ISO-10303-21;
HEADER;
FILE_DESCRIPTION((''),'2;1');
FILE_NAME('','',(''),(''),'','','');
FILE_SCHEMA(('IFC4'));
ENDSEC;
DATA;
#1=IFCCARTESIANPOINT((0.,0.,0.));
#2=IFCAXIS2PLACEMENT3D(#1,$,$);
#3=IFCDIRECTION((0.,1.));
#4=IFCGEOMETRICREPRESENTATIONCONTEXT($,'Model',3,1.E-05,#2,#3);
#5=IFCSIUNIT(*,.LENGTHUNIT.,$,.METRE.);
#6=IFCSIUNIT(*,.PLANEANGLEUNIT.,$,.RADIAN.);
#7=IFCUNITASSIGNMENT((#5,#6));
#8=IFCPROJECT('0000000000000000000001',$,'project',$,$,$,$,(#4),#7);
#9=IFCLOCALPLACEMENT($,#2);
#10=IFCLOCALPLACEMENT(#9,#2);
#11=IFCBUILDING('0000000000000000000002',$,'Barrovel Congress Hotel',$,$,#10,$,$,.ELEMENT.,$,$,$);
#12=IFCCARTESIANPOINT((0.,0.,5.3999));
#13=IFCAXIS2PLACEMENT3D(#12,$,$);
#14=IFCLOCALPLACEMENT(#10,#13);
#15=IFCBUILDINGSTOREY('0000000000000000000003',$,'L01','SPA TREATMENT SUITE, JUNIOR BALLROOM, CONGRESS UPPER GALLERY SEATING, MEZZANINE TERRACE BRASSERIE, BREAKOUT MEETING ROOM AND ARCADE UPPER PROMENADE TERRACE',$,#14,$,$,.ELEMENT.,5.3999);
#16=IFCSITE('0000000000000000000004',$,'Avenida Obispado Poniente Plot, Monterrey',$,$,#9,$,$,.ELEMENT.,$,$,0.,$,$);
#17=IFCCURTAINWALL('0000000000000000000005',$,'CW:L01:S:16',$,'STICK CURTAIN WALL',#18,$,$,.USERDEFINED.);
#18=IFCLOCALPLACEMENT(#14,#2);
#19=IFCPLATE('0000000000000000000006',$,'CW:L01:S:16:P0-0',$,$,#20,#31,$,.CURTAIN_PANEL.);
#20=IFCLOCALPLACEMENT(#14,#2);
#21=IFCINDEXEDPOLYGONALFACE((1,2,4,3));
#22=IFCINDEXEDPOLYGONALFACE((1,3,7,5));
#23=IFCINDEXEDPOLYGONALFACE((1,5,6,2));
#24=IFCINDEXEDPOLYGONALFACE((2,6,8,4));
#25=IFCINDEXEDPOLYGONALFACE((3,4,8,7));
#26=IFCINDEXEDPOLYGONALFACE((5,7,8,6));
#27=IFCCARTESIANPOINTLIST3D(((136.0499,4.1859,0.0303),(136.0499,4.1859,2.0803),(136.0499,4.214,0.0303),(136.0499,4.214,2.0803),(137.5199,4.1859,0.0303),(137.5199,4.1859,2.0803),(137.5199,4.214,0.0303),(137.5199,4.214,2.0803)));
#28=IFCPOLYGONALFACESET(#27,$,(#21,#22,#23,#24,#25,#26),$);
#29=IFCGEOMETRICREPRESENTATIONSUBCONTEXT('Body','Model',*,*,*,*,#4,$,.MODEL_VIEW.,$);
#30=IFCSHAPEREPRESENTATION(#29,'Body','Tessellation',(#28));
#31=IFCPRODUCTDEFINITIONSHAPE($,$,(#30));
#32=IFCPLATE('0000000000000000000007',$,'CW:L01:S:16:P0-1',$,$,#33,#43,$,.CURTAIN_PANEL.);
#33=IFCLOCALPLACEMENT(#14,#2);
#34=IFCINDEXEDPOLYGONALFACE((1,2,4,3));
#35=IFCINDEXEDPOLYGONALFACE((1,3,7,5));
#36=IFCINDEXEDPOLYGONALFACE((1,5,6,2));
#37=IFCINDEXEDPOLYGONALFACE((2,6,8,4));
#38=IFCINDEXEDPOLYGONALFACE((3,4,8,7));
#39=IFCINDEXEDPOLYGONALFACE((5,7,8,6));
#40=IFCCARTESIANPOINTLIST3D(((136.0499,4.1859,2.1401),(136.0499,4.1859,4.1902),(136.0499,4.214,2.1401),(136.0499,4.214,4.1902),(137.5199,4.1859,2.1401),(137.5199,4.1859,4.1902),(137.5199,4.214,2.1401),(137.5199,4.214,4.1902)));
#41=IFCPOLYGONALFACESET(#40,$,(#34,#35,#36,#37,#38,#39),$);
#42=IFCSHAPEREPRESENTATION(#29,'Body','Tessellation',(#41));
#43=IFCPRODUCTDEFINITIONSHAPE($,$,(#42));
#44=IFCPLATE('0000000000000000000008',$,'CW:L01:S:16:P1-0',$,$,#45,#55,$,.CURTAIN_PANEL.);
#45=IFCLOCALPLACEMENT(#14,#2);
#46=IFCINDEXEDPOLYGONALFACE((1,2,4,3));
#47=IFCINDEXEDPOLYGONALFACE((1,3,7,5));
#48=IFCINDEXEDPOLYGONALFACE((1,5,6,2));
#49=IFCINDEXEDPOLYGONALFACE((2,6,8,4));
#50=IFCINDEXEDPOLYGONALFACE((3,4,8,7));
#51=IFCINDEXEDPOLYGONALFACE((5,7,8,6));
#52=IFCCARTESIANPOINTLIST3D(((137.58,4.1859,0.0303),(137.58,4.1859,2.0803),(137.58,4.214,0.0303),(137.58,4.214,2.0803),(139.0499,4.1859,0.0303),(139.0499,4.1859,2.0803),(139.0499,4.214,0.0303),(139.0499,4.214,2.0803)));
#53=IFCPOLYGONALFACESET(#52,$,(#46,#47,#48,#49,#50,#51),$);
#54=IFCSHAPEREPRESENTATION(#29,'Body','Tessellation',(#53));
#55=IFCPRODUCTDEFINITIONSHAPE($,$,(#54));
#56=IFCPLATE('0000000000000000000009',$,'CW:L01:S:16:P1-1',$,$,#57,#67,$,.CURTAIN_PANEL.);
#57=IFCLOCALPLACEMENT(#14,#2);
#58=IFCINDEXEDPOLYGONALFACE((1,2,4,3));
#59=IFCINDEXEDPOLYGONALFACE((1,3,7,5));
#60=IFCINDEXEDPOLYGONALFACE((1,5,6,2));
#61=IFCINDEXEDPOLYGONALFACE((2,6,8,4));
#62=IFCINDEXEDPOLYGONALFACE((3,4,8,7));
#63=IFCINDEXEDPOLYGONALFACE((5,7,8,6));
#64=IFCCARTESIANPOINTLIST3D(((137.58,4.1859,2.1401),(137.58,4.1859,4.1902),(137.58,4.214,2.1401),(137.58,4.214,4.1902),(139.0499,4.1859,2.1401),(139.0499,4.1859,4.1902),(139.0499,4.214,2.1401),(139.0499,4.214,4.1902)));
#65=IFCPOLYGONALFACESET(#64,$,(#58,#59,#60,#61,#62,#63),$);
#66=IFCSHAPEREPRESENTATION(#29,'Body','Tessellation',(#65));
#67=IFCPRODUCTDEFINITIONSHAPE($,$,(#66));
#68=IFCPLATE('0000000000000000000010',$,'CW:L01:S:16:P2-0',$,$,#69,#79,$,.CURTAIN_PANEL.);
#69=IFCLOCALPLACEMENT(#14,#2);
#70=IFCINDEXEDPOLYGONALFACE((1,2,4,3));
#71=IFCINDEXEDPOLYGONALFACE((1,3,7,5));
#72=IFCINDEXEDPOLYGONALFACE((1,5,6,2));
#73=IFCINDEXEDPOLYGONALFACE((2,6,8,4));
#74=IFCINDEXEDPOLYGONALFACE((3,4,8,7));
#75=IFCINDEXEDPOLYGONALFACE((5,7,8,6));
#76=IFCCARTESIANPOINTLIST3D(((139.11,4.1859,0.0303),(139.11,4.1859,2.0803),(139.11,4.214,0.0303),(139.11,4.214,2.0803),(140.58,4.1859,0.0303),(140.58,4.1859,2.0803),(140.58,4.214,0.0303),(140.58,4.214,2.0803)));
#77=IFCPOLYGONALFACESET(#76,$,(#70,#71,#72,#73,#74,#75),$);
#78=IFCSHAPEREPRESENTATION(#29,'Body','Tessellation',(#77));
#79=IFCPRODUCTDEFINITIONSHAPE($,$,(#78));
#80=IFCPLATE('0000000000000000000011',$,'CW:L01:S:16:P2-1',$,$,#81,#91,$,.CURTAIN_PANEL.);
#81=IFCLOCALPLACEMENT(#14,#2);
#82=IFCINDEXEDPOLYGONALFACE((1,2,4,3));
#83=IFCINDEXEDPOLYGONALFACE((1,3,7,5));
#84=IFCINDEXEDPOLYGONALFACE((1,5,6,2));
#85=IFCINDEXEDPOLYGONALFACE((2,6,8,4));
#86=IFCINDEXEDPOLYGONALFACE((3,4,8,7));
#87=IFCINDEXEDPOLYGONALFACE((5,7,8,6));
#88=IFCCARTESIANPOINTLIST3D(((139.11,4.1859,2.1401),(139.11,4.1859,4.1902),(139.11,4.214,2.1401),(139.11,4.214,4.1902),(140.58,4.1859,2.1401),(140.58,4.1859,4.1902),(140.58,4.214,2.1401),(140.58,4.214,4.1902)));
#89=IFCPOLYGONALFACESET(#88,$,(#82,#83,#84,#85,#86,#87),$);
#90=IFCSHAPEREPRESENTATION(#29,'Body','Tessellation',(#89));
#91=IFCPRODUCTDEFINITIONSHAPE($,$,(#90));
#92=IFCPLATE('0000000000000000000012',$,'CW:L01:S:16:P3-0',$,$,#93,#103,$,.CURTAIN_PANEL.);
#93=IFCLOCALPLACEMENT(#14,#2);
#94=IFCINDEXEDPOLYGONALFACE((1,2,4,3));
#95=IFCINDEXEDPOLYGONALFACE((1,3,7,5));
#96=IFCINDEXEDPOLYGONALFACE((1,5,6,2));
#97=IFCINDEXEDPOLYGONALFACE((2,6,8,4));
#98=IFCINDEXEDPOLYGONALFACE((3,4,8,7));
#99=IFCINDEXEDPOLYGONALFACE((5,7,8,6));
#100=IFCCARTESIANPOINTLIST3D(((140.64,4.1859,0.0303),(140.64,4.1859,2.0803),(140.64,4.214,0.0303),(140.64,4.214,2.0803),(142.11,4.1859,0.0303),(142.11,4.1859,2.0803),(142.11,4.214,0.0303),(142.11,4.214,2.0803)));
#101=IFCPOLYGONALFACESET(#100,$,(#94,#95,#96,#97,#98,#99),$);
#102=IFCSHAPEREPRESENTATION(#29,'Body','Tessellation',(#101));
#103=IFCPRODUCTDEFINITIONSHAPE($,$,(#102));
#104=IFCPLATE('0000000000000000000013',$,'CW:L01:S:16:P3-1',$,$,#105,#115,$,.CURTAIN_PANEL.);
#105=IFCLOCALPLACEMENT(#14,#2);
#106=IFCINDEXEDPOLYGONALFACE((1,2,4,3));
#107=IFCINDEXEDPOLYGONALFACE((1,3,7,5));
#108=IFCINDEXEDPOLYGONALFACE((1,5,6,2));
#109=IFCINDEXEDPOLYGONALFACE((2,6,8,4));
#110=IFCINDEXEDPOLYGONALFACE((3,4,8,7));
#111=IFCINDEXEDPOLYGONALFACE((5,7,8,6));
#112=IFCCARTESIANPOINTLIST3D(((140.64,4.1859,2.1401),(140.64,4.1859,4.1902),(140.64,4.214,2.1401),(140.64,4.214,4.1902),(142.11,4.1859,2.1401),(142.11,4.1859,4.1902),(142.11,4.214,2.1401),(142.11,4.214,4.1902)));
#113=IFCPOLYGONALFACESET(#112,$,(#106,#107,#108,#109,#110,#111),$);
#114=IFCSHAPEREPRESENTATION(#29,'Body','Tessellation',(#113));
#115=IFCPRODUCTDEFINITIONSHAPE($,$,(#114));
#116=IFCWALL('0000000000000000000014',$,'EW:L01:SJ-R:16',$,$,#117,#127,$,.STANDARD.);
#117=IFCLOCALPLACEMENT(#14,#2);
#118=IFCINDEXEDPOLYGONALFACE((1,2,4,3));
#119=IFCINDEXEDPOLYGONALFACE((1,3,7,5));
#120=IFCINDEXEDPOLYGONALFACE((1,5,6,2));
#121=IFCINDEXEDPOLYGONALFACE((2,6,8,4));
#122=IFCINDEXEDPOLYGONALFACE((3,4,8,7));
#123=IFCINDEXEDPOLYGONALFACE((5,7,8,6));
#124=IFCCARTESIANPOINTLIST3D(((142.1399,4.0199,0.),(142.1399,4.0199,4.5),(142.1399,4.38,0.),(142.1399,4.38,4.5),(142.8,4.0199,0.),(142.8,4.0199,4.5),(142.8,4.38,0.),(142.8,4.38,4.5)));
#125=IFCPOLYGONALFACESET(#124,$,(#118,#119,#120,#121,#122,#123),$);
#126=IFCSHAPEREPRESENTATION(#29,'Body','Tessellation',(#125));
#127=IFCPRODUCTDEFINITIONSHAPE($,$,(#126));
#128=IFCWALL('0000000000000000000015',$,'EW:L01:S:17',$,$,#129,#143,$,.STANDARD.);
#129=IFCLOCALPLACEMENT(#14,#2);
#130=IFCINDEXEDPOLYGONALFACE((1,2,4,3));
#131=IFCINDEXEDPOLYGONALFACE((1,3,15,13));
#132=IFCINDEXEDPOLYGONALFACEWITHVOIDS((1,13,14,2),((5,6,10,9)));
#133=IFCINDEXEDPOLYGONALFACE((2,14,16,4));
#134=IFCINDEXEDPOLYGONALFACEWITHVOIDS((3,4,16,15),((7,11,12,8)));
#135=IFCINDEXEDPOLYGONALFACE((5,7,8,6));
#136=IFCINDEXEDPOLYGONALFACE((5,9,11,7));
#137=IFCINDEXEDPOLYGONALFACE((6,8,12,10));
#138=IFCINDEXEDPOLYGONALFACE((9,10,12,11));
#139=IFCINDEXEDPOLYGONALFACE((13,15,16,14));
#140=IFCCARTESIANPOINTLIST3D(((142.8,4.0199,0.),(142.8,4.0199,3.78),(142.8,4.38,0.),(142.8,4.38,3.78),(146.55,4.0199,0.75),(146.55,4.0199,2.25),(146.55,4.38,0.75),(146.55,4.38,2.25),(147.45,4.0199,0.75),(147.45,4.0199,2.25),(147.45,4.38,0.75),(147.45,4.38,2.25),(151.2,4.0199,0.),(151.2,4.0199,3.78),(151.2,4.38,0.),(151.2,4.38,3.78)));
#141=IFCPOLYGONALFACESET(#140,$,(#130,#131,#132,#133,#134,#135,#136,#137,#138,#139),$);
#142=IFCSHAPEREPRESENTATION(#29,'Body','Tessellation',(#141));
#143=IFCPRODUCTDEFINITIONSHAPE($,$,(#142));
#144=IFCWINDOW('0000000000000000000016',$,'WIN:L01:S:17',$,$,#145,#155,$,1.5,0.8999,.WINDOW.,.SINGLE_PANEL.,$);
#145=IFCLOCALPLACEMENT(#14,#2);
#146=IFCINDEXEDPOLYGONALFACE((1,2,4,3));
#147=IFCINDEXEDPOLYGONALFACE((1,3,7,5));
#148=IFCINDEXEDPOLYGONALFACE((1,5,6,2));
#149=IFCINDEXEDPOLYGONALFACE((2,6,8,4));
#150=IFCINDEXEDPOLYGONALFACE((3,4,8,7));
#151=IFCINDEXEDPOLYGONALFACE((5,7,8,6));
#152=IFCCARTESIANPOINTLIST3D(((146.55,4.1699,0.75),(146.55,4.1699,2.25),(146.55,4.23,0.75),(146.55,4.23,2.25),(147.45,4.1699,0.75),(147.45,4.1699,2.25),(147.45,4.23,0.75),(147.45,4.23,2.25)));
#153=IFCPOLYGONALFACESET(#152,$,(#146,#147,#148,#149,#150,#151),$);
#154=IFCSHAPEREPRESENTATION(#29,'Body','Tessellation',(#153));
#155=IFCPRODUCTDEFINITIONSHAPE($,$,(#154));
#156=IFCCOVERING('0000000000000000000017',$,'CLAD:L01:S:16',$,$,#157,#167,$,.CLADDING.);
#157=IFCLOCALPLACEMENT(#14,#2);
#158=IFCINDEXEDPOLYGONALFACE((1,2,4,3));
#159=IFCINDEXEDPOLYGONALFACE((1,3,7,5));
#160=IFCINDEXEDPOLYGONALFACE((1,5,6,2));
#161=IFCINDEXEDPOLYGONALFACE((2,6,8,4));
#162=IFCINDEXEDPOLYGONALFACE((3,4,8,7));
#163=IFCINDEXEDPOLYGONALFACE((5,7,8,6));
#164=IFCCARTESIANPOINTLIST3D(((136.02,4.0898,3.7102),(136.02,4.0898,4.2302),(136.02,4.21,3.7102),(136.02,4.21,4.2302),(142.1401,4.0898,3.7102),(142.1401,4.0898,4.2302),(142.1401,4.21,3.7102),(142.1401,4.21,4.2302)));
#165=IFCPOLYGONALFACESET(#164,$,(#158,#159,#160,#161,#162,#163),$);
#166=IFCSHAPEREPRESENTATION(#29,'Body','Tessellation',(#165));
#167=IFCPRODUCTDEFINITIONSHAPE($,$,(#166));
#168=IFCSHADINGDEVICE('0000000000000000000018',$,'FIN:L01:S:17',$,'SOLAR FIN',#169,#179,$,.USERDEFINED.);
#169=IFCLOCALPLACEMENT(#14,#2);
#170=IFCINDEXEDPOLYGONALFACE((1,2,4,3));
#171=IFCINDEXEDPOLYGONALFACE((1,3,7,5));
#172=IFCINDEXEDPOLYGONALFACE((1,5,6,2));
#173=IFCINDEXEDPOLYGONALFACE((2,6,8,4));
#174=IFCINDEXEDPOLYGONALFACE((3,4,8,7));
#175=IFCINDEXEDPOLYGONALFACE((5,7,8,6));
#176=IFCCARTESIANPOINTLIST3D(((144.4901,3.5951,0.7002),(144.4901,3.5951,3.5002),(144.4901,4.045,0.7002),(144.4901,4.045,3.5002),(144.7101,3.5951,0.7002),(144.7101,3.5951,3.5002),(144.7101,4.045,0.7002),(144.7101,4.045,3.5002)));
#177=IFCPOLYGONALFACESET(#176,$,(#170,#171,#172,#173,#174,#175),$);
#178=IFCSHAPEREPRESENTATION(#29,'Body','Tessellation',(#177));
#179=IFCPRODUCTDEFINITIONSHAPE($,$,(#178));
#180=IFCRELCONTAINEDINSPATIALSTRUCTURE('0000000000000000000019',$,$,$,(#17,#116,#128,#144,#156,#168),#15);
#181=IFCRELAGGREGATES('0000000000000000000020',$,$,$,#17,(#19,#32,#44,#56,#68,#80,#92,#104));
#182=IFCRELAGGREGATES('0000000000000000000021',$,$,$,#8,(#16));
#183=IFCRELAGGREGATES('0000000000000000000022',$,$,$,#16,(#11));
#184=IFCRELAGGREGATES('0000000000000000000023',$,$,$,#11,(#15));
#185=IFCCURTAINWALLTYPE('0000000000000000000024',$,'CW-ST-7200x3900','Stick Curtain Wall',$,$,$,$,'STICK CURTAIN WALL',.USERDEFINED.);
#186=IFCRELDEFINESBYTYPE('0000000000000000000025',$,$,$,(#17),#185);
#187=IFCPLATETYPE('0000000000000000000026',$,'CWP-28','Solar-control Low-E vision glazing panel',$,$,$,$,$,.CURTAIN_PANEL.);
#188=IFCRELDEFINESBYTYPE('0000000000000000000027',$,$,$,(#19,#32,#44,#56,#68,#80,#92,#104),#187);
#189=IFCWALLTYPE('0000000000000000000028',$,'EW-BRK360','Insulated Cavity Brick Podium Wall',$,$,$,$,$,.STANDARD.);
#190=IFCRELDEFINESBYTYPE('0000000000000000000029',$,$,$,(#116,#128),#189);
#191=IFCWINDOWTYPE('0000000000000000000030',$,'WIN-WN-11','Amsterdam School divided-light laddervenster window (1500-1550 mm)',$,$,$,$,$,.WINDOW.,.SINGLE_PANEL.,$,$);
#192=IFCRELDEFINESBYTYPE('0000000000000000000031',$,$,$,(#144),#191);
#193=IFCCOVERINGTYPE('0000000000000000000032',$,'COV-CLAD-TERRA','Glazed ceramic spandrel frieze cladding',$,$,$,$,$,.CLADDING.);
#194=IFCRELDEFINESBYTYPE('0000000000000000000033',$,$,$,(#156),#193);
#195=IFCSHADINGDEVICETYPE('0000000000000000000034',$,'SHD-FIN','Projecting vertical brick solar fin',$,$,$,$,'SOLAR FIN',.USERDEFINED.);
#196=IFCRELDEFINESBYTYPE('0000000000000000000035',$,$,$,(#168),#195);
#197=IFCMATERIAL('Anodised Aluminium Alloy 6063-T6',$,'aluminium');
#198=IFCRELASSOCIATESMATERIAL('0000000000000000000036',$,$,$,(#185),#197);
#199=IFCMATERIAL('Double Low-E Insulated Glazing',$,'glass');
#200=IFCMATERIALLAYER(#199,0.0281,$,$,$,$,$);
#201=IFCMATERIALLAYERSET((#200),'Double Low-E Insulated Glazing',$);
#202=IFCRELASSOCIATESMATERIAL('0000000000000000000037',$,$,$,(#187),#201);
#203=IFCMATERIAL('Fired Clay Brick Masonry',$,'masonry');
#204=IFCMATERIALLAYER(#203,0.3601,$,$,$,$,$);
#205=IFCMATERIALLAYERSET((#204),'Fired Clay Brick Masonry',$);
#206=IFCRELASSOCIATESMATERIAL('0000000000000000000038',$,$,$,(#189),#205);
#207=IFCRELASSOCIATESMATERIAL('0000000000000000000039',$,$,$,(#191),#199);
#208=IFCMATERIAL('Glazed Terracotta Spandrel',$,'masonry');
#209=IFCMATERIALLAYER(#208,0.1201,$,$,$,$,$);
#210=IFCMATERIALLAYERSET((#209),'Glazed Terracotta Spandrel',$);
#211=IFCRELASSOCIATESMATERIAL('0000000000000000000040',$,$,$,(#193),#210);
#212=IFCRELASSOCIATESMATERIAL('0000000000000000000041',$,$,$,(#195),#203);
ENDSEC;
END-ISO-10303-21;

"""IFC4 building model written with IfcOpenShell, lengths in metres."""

from ifc_helpers import new_model, si_unit, direction, frame, frame_2d, origin, origin_2d, place, context, subcontext, project, spatial, rectangle, extrude, material, layer, layer_set, type_object, element, fill, aggregate, save


model = new_model("IFC4")

# Units and contexts
model_context = context("Model", 3, precision=1e-05, world=origin(), true_north=direction((0.0, 1.0)))
body_context = subcontext(model_context, "Body", "Model", "MODEL_VIEW")
ifc_project = project(units=[si_unit("LENGTHUNIT", "METRE"), si_unit("PLANEANGLEUNIT", "RADIAN")], contexts=[model_context])

# Site, building, storey
site_placement = place(None, origin())
site = spatial("IfcSite", under=ifc_project, at=site_placement, Name="Avenida Obispado Poniente Plot, Monterrey", CompositionType="ELEMENT", RefElevation=0.0)
building_placement = place(site_placement, origin())
building = spatial("IfcBuilding", under=site, at=building_placement, Name="Barrovel Congress Hotel", CompositionType="ELEMENT")
storey_placement = place(building_placement, frame((0.0, 0.0, 5.3999)))
storey = spatial("IfcBuildingStorey", under=building, at=storey_placement, Name="L01", Description="SPA TREATMENT SUITE, JUNIOR BALLROOM, CONGRESS UPPER GALLERY SEATING, MEZZANINE TERRACE BRASSERIE, BREAKOUT MEETING ROOM AND ARCADE UPPER PROMENADE TERRACE", CompositionType="ELEMENT", Elevation=5.3999)

# Curtain wall
ifc_material_1 = material(Name="Anodised Aluminium Alloy 6063-T6", Category="aluminium")
curtain_wall_type = type_object("IfcCurtainWallType", Name="CW-ST-7200x3900", Description="Stick Curtain Wall", ElementType="STICK CURTAIN WALL", PredefinedType="USERDEFINED", material=ifc_material_1)
curtain_wall_placement = place(storey_placement, origin())
curtain_wall = element("IfcCurtainWall", 1, at=curtain_wall_placement, inside=storey, type_object=curtain_wall_type, Name="CW:L01:S:16", ObjectType="STICK CURTAIN WALL", PredefinedType="USERDEFINED")

# Plates
ifc_material_2 = material(Name="Double Low-E Insulated Glazing", Category="glass")
ifc_layer_1 = layer(ifc_material_2, 0.0281)
ifc_layer_set_1 = layer_set([ifc_layer_1], Name="Double Low-E Insulated Glazing")
plate_type = type_object("IfcPlateType", Name="CWP-28", Description="Solar-control Low-E vision glazing panel", PredefinedType="CURTAIN_PANEL", material=ifc_layer_set_1)
plate_1_placement = place(storey_placement, frame((136.7849, 4.2, 0.0303), z_axis=(0.0, 0.0, 1.0), x_axis=(1.0, 0.0, 0.0)))
plate_1 = element("IfcPlate", 2, at=plate_1_placement, type_object=plate_type, Name="CW:L01:S:16:P0-0", PredefinedType="CURTAIN_PANEL", context=body_context, shape_type="SweptSolid", body=[
    extrude(rectangle(XDim=1.47, YDim=0.0281, at=origin_2d()), origin(), (0.0, 0.0, 1.0), 2.05),
])
plate_2_placement = place(storey_placement, frame((136.7849, 4.2, 2.1401), z_axis=(0.0, 0.0, 1.0), x_axis=(1.0, 0.0, 0.0)))
plate_2 = element("IfcPlate", 3, at=plate_2_placement, type_object=plate_type, Name="CW:L01:S:16:P0-1", PredefinedType="CURTAIN_PANEL", context=body_context, shape_type="SweptSolid", body=[
    extrude(rectangle(XDim=1.47, YDim=0.0281, at=origin_2d()), origin(), (0.0, 0.0, 1.0), 2.05),
])
plate_3_placement = place(storey_placement, frame((138.3149, 4.2, 0.0303), z_axis=(0.0, 0.0, 1.0), x_axis=(1.0, 0.0, 0.0)))
plate_3 = element("IfcPlate", 4, at=plate_3_placement, type_object=plate_type, Name="CW:L01:S:16:P1-0", PredefinedType="CURTAIN_PANEL", context=body_context, shape_type="SweptSolid", body=[
    extrude(rectangle(XDim=1.47, YDim=0.0281, at=origin_2d()), origin(), (0.0, 0.0, 1.0), 2.05),
])
plate_4_placement = place(storey_placement, frame((138.3149, 4.2, 2.1401), z_axis=(0.0, 0.0, 1.0), x_axis=(1.0, 0.0, 0.0)))
plate_4 = element("IfcPlate", 5, at=plate_4_placement, type_object=plate_type, Name="CW:L01:S:16:P1-1", PredefinedType="CURTAIN_PANEL", context=body_context, shape_type="SweptSolid", body=[
    extrude(rectangle(XDim=1.47, YDim=0.0281, at=origin_2d()), origin(), (0.0, 0.0, 1.0), 2.05),
])
plate_5_placement = place(storey_placement, frame((139.845, 4.2, 0.0303), z_axis=(0.0, 0.0, 1.0), x_axis=(1.0, 0.0, 0.0)))
plate_5 = element("IfcPlate", 6, at=plate_5_placement, type_object=plate_type, Name="CW:L01:S:16:P2-0", PredefinedType="CURTAIN_PANEL", context=body_context, shape_type="SweptSolid", body=[
    extrude(rectangle(XDim=1.47, YDim=0.0281, at=origin_2d()), origin(), (0.0, 0.0, 1.0), 2.05),
])
plate_6_placement = place(storey_placement, frame((139.845, 4.2, 2.1401), z_axis=(0.0, 0.0, 1.0), x_axis=(1.0, 0.0, 0.0)))
plate_6 = element("IfcPlate", 7, at=plate_6_placement, type_object=plate_type, Name="CW:L01:S:16:P2-1", PredefinedType="CURTAIN_PANEL", context=body_context, shape_type="SweptSolid", body=[
    extrude(rectangle(XDim=1.47, YDim=0.0281, at=origin_2d()), origin(), (0.0, 0.0, 1.0), 2.05),
])
plate_7_placement = place(storey_placement, frame((141.375, 4.2, 0.0303), z_axis=(0.0, 0.0, 1.0), x_axis=(1.0, 0.0, 0.0)))
plate_7 = element("IfcPlate", 8, at=plate_7_placement, type_object=plate_type, Name="CW:L01:S:16:P3-0", PredefinedType="CURTAIN_PANEL", context=body_context, shape_type="SweptSolid", body=[
    extrude(rectangle(XDim=1.47, YDim=0.0281, at=origin_2d()), origin(), (0.0, 0.0, 1.0), 2.05),
])
plate_8_placement = place(storey_placement, frame((141.375, 4.2, 2.1401), z_axis=(0.0, 0.0, 1.0), x_axis=(1.0, 0.0, 0.0)))
plate_8 = element("IfcPlate", 9, at=plate_8_placement, type_object=plate_type, Name="CW:L01:S:16:P3-1", PredefinedType="CURTAIN_PANEL", context=body_context, shape_type="SweptSolid", body=[
    extrude(rectangle(XDim=1.47, YDim=0.0281, at=origin_2d()), origin(), (0.0, 0.0, 1.0), 2.05),
])
aggregate(curtain_wall, [plate_1, plate_2, plate_3, plate_4, plate_5, plate_6, plate_7, plate_8])

# Wall
ifc_material_3 = material(Name="Fired Clay Brick Masonry", Category="masonry")
ifc_layer_2 = layer(ifc_material_3, 0.3601)
ifc_layer_set_2 = layer_set([ifc_layer_2], Name="Fired Clay Brick Masonry")
wall_type = type_object("IfcWallType", Name="EW-BRK360", Description="Insulated Cavity Brick Podium Wall", PredefinedType="STANDARD", material=ifc_layer_set_2)
wall_1_placement = place(storey_placement, frame((142.1399, 4.2, 0.0), z_axis=(0.0, 0.0, 1.0), x_axis=(1.0, 0.0, 0.0)))
element("IfcWall", 10, at=wall_1_placement, inside=storey, type_object=wall_type, Name="EW:L01:SJ-R:16", PredefinedType="STANDARD", context=body_context, shape_type="SweptSolid", body=[
    extrude(rectangle(XDim=0.6602, YDim=0.3601, at=frame_2d((0.3301, 0.0))), origin(), (0.0, 0.0, 1.0), 4.5),
])

# Wall, opening, window
wall_2_placement = place(storey_placement, frame((142.8, 4.2, 0.0), z_axis=(0.0, 0.0, 1.0), x_axis=(1.0, 0.0, 0.0)))
wall_2 = element("IfcWall", 11, at=wall_2_placement, inside=storey, type_object=wall_type, Name="EW:L01:S:17", PredefinedType="STANDARD", context=body_context, shape_type="SweptSolid", body=[
    extrude(rectangle(XDim=8.3999, YDim=0.3601, at=frame_2d((4.2, 0.0))), origin(), (0.0, 0.0, 1.0), 3.78),
])
opening_placement = place(wall_2_placement, frame((3.75, 0.0, 0.75)))
opening = element("IfcOpeningElement", 12, at=opening_placement, cuts=wall_2, PredefinedType="OPENING", context=body_context, shape_type="SweptSolid", body=[
    extrude(rectangle(XDim=0.8999, YDim=1.5, at=frame_2d((0.45, 0.75))), frame((0.0, 0.1899, 0.0), z_axis=(0.0, -1.0, 0.0), x_axis=(1.0, 0.0, 0.0)), (0.0, 0.0, 1.0), 0.3801),
])
window_type = type_object("IfcWindowType", Name="WIN-WN-11", Description="Amsterdam School divided-light laddervenster window (1500-1550 mm)", PartitioningType="SINGLE_PANEL", PredefinedType="WINDOW", material=ifc_material_2)
window_placement = place(opening_placement, origin())
window = element("IfcWindow", 13, at=window_placement, inside=storey, type_object=window_type, Name="WIN:L01:S:17", OverallHeight=1.5, OverallWidth=0.8999, PartitioningType="SINGLE_PANEL", PredefinedType="WINDOW", context=body_context, shape_type="SweptSolid", body=[
    extrude(rectangle(XDim=0.8999, YDim=1.5, at=frame_2d((0.45, 0.75))), frame((0.0, 0.03, 0.0), z_axis=(0.0, -1.0, 0.0), x_axis=(1.0, 0.0, 0.0)), (0.0, 0.0, 1.0), 0.0601),
])
fill(opening, window)

# Covering
ifc_material_4 = material(Name="Glazed Terracotta Spandrel", Category="masonry")
ifc_layer_3 = layer(ifc_material_4, 0.1201)
ifc_layer_set_3 = layer_set([ifc_layer_3], Name="Glazed Terracotta Spandrel")
covering_type = type_object("IfcCoveringType", Name="COV-CLAD-TERRA", Description="Glazed ceramic spandrel frieze cladding", PredefinedType="CLADDING", material=ifc_layer_set_3)
covering_placement = place(storey_placement, frame((139.0801, 4.1499, 3.7102), z_axis=(0.0, 0.0, 1.0), x_axis=(1.0, 0.0, 0.0)))
element("IfcCovering", 14, at=covering_placement, inside=storey, type_object=covering_type, Name="CLAD:L01:S:16", PredefinedType="CLADDING", context=body_context, shape_type="SweptSolid", body=[
    extrude(rectangle(XDim=6.1201, YDim=0.1201, at=origin_2d()), origin(), (0.0, 0.0, 1.0), 0.52),
])

# Shading device
shading_device_type = type_object("IfcShadingDeviceType", Name="SHD-FIN", Description="Projecting vertical brick solar fin", ElementType="SOLAR FIN", PredefinedType="USERDEFINED", material=ifc_material_3)
shading_device_placement = place(storey_placement, frame((144.6001, 3.8201, 0.7002), z_axis=(0.0, 0.0, 1.0), x_axis=(1.0, 0.0, 0.0)))
element("IfcShadingDevice", 15, at=shading_device_placement, inside=storey, type_object=shading_device_type, Name="FIN:L01:S:17", ObjectType="SOLAR FIN", PredefinedType="USERDEFINED", context=body_context, shape_type="SweptSolid", body=[
    extrude(rectangle(XDim=0.22, YDim=0.45, at=origin_2d()), origin(), (0.0, 0.0, 1.0), 2.8),
])

save(model, "model.ifc")
